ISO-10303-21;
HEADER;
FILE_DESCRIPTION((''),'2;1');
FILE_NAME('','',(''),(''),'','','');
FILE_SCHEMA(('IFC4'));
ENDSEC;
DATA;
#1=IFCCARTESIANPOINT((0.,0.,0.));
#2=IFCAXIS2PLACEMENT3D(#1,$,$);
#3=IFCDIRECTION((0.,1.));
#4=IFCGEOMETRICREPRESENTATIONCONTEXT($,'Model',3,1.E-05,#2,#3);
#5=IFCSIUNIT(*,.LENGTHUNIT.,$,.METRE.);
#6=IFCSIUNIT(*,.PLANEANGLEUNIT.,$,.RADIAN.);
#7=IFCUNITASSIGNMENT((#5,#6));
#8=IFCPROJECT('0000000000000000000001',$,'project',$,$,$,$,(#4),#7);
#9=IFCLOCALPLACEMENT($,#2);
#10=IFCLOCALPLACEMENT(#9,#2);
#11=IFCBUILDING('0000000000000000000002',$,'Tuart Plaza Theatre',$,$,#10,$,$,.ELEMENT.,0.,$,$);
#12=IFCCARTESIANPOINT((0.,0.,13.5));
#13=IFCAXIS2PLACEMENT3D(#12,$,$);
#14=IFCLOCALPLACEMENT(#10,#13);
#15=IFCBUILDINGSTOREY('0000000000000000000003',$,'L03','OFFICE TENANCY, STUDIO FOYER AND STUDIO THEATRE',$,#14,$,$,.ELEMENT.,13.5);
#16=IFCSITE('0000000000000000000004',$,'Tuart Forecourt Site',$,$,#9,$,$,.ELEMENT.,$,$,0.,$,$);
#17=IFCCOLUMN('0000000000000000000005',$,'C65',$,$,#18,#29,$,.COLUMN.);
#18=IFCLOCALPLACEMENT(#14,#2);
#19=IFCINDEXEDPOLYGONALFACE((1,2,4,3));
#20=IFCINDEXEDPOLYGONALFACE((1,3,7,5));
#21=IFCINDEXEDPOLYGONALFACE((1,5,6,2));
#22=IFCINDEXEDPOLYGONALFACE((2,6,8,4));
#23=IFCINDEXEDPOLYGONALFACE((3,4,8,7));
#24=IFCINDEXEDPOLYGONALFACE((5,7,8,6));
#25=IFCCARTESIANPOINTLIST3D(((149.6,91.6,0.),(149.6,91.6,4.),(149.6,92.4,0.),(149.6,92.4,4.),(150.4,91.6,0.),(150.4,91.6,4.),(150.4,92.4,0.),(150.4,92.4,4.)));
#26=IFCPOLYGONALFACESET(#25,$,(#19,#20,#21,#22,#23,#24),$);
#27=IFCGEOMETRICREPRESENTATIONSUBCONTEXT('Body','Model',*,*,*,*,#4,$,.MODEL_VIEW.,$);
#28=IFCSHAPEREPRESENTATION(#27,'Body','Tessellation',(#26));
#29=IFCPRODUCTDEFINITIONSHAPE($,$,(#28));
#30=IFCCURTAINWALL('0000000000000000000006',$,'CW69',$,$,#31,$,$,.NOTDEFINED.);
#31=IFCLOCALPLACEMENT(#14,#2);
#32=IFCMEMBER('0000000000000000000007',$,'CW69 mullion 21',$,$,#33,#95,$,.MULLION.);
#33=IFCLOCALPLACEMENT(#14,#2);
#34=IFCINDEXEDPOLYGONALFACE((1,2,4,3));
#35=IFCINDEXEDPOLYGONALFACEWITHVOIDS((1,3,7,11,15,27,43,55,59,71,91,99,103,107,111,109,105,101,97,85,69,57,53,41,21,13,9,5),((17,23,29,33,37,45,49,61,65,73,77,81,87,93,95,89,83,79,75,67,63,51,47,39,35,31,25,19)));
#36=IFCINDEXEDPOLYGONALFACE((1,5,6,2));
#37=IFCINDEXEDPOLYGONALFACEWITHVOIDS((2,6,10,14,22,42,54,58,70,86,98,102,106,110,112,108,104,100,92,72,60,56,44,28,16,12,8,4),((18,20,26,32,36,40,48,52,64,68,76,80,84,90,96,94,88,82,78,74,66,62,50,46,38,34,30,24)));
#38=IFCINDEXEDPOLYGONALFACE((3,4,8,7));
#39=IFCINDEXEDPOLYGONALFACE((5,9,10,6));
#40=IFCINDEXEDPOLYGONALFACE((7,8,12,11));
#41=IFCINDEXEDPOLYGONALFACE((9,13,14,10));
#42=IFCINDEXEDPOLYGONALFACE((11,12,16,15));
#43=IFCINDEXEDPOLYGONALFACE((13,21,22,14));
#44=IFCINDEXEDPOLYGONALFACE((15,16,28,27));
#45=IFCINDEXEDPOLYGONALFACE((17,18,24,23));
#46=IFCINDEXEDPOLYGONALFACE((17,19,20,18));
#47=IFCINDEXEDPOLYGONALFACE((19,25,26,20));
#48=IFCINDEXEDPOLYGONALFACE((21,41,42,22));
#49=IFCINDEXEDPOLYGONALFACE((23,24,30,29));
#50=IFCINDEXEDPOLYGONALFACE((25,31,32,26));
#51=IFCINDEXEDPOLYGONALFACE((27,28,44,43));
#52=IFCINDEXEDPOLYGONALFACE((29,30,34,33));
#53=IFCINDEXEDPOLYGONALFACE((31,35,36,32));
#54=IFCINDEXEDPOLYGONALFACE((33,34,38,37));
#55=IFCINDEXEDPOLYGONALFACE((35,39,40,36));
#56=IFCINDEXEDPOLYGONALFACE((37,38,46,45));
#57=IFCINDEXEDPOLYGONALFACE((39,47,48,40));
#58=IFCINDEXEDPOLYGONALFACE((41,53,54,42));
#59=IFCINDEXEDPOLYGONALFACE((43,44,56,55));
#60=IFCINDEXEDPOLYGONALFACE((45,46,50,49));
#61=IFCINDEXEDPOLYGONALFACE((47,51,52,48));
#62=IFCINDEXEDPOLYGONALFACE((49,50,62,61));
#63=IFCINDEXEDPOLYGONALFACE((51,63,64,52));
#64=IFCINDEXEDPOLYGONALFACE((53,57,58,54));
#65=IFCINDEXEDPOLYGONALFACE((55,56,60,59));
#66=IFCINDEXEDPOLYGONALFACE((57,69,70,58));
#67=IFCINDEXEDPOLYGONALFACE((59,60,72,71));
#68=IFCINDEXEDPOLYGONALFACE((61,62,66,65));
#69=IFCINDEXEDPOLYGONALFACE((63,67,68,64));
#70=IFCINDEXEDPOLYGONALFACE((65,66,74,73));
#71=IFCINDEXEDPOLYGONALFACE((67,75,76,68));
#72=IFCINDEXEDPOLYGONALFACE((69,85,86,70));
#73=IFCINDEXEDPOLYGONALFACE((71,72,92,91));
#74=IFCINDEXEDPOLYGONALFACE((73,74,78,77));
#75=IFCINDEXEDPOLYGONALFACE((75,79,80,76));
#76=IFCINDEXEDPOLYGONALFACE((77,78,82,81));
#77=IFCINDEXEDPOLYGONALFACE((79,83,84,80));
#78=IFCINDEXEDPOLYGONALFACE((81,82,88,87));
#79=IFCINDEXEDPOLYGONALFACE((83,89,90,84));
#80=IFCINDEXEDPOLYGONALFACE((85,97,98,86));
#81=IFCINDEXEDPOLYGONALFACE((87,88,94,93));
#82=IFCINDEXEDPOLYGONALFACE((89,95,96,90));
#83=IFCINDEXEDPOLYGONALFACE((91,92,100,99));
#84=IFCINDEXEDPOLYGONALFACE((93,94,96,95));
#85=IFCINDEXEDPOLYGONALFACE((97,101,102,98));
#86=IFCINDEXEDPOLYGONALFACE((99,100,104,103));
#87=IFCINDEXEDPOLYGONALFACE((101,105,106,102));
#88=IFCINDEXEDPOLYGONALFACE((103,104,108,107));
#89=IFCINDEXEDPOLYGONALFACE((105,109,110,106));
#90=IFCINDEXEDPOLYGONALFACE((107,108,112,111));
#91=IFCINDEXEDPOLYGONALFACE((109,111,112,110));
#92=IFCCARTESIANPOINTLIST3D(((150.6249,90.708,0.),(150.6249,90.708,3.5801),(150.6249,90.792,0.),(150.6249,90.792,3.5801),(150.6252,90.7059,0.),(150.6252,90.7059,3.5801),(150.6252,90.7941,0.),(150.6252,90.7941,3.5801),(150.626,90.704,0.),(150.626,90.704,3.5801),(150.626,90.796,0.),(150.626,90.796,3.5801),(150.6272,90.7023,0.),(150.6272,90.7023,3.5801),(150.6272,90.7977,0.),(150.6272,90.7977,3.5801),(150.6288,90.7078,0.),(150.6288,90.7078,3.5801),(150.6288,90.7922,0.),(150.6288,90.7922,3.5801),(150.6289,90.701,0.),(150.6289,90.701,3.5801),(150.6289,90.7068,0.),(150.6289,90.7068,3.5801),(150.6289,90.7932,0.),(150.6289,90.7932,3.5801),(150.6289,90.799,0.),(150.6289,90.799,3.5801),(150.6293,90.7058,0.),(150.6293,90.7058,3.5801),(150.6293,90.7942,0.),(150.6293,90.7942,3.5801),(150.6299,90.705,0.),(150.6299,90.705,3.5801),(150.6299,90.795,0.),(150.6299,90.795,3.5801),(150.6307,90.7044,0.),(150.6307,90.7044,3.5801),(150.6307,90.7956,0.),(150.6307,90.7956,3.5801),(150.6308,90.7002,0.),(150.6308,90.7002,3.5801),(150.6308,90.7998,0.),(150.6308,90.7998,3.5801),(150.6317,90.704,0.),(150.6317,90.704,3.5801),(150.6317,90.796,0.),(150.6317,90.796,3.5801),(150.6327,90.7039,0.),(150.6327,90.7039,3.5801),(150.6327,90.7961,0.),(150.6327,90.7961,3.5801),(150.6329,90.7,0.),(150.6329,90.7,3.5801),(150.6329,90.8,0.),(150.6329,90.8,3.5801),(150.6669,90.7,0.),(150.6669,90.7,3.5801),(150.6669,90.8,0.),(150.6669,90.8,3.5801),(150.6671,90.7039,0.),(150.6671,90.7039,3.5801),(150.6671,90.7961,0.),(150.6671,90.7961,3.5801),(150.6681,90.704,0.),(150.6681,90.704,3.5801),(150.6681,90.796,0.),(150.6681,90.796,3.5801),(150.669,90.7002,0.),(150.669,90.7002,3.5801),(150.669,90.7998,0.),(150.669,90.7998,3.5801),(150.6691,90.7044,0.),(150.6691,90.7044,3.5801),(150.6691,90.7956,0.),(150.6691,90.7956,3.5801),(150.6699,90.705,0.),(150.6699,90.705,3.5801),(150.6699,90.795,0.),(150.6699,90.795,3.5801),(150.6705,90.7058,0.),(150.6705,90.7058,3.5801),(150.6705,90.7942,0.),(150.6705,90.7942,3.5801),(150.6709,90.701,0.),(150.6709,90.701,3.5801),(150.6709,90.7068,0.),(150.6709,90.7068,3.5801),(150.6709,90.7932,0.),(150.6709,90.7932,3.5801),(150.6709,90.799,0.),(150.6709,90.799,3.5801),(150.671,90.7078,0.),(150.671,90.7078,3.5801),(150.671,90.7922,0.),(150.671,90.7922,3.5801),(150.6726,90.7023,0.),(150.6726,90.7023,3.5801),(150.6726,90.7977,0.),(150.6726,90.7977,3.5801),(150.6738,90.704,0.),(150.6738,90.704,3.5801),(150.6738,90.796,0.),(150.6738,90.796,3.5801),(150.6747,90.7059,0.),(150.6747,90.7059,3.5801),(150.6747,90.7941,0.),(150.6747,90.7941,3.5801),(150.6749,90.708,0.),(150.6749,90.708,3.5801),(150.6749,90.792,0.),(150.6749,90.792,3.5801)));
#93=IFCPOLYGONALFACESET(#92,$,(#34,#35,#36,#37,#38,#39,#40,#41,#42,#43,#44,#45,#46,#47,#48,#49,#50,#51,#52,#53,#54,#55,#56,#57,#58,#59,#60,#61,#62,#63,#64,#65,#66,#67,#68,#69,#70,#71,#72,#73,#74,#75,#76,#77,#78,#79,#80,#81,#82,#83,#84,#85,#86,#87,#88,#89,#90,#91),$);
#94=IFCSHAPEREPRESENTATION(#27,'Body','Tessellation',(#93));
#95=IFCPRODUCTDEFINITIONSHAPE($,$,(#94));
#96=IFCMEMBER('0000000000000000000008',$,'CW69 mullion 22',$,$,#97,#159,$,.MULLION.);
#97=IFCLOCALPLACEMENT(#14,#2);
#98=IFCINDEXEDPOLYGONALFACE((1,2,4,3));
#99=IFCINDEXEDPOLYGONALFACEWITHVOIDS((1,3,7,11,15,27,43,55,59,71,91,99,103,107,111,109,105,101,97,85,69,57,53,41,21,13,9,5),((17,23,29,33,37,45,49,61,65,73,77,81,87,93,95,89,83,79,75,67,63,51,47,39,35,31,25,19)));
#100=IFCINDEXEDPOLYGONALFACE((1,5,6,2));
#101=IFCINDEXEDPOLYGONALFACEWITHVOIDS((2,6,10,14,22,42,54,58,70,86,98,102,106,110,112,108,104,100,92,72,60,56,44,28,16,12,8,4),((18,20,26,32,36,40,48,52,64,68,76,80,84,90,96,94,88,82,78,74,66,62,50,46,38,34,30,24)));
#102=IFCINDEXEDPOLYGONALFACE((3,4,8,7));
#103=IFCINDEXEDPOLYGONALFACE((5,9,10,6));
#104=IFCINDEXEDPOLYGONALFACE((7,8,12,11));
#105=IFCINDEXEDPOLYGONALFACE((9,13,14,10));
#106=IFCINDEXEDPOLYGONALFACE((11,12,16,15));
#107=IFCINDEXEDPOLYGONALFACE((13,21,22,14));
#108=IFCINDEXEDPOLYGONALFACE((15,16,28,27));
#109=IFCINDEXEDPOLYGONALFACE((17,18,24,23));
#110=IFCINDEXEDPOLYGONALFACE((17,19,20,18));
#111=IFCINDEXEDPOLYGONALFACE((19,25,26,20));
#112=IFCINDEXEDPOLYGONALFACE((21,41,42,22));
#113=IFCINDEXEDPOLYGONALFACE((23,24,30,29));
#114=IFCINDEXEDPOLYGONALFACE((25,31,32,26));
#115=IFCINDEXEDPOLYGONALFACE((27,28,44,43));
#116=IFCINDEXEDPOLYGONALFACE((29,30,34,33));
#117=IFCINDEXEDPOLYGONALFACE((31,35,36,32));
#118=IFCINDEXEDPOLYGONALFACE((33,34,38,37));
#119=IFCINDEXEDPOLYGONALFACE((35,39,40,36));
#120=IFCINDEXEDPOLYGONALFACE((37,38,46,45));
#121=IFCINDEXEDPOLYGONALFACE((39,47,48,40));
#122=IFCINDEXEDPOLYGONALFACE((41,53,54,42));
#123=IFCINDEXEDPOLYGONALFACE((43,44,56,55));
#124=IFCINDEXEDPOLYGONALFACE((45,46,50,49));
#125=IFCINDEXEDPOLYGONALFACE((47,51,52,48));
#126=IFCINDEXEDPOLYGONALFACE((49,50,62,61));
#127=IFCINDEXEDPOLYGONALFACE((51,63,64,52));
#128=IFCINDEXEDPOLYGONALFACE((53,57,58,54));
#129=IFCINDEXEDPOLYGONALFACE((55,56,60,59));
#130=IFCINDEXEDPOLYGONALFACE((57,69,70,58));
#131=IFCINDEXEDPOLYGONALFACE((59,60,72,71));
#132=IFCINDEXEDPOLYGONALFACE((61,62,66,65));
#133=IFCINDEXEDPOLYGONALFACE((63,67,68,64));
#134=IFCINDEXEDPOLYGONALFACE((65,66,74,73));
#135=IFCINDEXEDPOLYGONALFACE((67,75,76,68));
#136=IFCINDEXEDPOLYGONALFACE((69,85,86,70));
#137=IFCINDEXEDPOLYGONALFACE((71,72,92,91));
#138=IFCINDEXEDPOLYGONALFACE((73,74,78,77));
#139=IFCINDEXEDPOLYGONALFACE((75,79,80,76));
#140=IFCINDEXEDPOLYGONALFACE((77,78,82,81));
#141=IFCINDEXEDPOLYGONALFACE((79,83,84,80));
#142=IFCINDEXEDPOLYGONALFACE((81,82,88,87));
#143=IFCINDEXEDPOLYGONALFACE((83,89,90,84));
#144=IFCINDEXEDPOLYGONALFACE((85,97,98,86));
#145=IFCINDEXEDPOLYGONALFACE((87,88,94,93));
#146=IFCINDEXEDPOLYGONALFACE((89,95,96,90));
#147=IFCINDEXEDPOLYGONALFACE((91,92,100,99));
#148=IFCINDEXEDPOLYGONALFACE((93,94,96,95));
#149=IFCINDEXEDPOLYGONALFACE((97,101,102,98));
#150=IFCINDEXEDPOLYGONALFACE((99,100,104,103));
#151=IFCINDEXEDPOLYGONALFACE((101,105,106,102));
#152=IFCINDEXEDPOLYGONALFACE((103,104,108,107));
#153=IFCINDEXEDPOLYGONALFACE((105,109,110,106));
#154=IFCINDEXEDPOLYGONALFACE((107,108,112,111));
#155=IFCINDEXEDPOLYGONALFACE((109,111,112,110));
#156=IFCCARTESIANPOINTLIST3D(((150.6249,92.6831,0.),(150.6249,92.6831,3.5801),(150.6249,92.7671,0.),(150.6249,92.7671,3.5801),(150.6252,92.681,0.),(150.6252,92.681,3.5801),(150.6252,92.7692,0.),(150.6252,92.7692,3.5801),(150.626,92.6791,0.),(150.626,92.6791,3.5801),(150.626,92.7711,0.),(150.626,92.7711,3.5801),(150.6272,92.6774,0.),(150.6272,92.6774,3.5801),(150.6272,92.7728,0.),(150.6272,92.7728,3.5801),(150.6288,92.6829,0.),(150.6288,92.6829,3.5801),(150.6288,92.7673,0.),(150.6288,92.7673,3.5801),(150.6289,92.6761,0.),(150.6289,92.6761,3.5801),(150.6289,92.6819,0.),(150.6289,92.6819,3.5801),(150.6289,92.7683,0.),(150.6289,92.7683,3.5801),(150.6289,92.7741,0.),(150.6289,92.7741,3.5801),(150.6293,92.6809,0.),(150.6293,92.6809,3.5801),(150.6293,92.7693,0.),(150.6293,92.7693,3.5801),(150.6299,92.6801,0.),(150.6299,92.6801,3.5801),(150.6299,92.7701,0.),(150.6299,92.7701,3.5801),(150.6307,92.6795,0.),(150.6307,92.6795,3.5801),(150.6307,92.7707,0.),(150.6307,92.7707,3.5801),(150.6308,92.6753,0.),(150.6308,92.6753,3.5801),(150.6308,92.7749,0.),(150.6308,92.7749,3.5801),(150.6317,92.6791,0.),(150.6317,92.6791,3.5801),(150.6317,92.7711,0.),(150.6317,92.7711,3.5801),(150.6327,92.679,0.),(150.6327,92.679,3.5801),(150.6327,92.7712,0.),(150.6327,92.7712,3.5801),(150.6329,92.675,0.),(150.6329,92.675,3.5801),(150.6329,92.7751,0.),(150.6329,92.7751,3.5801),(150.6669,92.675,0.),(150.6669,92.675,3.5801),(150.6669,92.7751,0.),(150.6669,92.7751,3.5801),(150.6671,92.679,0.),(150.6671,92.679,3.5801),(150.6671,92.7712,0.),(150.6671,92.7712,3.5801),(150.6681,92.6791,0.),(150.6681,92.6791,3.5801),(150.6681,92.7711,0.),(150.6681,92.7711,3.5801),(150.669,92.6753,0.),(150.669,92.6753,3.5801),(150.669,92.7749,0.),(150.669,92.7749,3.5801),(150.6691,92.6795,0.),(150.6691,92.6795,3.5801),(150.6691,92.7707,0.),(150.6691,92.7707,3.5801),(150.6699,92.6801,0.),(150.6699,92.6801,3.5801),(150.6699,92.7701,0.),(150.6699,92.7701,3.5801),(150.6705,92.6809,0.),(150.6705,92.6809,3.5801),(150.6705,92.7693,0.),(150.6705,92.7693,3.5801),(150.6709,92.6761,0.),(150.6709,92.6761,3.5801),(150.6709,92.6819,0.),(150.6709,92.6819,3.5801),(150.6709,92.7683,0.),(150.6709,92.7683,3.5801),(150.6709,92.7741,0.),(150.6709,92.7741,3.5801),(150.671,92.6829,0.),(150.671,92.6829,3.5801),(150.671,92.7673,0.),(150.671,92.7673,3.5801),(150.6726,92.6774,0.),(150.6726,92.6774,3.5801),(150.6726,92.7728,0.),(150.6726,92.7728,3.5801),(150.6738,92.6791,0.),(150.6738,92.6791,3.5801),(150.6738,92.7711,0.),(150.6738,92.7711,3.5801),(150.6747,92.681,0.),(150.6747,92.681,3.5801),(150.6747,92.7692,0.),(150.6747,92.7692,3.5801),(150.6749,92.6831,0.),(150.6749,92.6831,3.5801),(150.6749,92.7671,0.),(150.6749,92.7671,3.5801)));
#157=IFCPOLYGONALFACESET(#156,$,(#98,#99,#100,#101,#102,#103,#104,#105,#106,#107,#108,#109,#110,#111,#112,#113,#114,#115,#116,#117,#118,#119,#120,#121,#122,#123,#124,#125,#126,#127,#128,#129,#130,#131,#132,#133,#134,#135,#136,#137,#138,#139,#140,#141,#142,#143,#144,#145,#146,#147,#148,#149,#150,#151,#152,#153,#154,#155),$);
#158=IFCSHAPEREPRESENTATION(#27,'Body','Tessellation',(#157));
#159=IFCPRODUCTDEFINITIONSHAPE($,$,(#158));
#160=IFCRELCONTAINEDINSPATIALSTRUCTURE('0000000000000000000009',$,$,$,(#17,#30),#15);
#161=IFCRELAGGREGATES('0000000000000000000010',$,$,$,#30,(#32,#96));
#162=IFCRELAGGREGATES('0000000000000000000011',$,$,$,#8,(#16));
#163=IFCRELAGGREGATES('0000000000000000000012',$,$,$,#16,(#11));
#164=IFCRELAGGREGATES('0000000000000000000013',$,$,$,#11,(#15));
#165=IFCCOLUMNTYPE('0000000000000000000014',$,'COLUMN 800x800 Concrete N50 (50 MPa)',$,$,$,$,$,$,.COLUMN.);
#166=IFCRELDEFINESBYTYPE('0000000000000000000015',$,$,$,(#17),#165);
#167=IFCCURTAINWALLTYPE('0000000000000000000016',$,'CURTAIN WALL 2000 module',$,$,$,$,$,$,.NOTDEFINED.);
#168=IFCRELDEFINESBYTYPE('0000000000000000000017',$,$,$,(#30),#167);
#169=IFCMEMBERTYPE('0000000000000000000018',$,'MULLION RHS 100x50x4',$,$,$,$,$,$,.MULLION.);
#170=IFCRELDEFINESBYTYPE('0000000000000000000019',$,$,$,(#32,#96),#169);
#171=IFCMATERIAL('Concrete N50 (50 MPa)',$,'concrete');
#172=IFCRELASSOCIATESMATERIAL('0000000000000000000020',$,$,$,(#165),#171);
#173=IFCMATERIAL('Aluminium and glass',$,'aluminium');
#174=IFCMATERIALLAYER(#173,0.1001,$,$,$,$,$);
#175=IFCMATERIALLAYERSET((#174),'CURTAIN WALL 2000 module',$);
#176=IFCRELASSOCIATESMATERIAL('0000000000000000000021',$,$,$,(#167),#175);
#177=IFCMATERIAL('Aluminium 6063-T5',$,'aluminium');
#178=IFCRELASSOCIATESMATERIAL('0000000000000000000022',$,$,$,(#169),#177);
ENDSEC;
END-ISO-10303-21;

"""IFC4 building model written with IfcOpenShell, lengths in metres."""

from ifc_helpers import new_model, si_unit, direction, frame, origin, origin_2d, place, context, subcontext, project, spatial, rectangle, hollow_rectangle, extrude, material, layer, layer_set, material_profile, profile_set, type_object, element, aggregate, save


model = new_model("IFC4")

# Units and contexts
model_context = context("Model", 3, precision=1e-05, world=origin(), true_north=direction((0.0, 1.0)))
body_context = subcontext(model_context, "Body", "Model", "MODEL_VIEW")
ifc_project = project(units=[si_unit("LENGTHUNIT", "METRE"), si_unit("PLANEANGLEUNIT", "RADIAN")], contexts=[model_context])

# Site, building, storey
site_placement = place(None, origin())
site = spatial("IfcSite", under=ifc_project, at=site_placement, Name="Tuart Forecourt Site", CompositionType="ELEMENT", RefElevation=0.0)
building_placement = place(site_placement, origin())
building = spatial("IfcBuilding", under=site, at=building_placement, Name="Tuart Plaza Theatre", CompositionType="ELEMENT", ElevationOfRefHeight=0.0)
storey_placement = place(building_placement, frame((0.0, 0.0, 13.5)))
storey = spatial("IfcBuildingStorey", under=building, at=storey_placement, Name="L03", Description="OFFICE TENANCY, STUDIO FOYER AND STUDIO THEATRE", CompositionType="ELEMENT", Elevation=13.5)

# Column
ifc_material_1 = material(Name="Concrete N50 (50 MPa)", Category="concrete")
ifc_material_profile_1 = material_profile(ifc_material_1, rectangle(XDim=0.8, YDim=0.8, at=origin_2d()), Name="COLUMN 800x800 Concrete N50 (50 MPa)")
ifc_profile_set_1 = profile_set([ifc_material_profile_1], Name="Concrete N50 (50 MPa)")
column_type = type_object("IfcColumnType", Name="COLUMN 800x800 Concrete N50 (50 MPa)", PredefinedType="COLUMN", material=ifc_profile_set_1)
column_placement = place(storey_placement, frame((150.0, 92.0, 0.0), z_axis=(0.0, 0.0, 1.0), x_axis=(1.0, 0.0, 0.0)))
element("IfcColumn", 1, at=column_placement, inside=storey, type_object=column_type, Name="C65", PredefinedType="COLUMN", context=body_context, shape_type="SweptSolid", body=[
    extrude(rectangle(XDim=0.8, YDim=0.8, at=origin_2d()), origin(), (0.0, 0.0, 1.0), 4.0),
])

# Curtain wall, members
ifc_material_2 = material(Name="Aluminium and glass", Category="aluminium")
ifc_layer_1 = layer(ifc_material_2, 0.1001)
ifc_layer_set_1 = layer_set([ifc_layer_1], Name="CURTAIN WALL 2000 module")
curtain_wall_type = type_object("IfcCurtainWallType", Name="CURTAIN WALL 2000 module", PredefinedType="NOTDEFINED", material=ifc_layer_set_1)
curtain_wall_1_placement = place(storey_placement, origin())
curtain_wall_1 = element("IfcCurtainWall", 2, at=curtain_wall_1_placement, inside=storey, type_object=curtain_wall_type, Name="CW69", PredefinedType="NOTDEFINED")
ifc_material_3 = material(Name="Aluminium 6063-T5", Category="aluminium")
ifc_material_profile_2 = material_profile(ifc_material_3, hollow_rectangle(XDim=0.05, YDim=0.1001, WallThickness=0.0039, InnerFilletRadius=0.0039, OuterFilletRadius=0.0081, at=origin_2d()), Name="RHS 100x50x4")
ifc_profile_set_2 = profile_set([ifc_material_profile_2], Name="Aluminium 6063-T5")
member_type_1 = type_object("IfcMemberType", Name="MULLION RHS 100x50x4", PredefinedType="MULLION", material=ifc_profile_set_2)
member_1_placement = place(storey_placement, frame((150.6499, 90.75, 0.0), z_axis=(0.0, 0.0, 1.0), x_axis=(-1.0, 0.0, 0.0)))
member_1 = element("IfcMember", 3, at=member_1_placement, type_object=member_type_1, Name="CW69 mullion 21", PredefinedType="MULLION", context=body_context, shape_type="SweptSolid", body=[
    extrude(hollow_rectangle(XDim=0.05, YDim=0.1001, WallThickness=0.0039, InnerFilletRadius=0.0039, OuterFilletRadius=0.0081, at=origin_2d()), origin(), (0.0, 0.0, 1.0), 3.5801),
])
member_2_placement = place(storey_placement, frame((150.6499, 92.7251, 0.0), z_axis=(0.0, 0.0, 1.0), x_axis=(-1.0, 0.0, 0.0)))
member_2 = element("IfcMember", 4, at=member_2_placement, type_object=member_type_1, Name="CW69 mullion 22", PredefinedType="MULLION", context=body_context, shape_type="SweptSolid", body=[
    extrude(hollow_rectangle(XDim=0.05, YDim=0.1001, WallThickness=0.0039, InnerFilletRadius=0.0039, OuterFilletRadius=0.0081, at=origin_2d()), origin(), (0.0, 0.0, 1.0), 3.5801),
])

aggregate(curtain_wall_1, [member_1, member_2])

save(model, "model.ifc")
